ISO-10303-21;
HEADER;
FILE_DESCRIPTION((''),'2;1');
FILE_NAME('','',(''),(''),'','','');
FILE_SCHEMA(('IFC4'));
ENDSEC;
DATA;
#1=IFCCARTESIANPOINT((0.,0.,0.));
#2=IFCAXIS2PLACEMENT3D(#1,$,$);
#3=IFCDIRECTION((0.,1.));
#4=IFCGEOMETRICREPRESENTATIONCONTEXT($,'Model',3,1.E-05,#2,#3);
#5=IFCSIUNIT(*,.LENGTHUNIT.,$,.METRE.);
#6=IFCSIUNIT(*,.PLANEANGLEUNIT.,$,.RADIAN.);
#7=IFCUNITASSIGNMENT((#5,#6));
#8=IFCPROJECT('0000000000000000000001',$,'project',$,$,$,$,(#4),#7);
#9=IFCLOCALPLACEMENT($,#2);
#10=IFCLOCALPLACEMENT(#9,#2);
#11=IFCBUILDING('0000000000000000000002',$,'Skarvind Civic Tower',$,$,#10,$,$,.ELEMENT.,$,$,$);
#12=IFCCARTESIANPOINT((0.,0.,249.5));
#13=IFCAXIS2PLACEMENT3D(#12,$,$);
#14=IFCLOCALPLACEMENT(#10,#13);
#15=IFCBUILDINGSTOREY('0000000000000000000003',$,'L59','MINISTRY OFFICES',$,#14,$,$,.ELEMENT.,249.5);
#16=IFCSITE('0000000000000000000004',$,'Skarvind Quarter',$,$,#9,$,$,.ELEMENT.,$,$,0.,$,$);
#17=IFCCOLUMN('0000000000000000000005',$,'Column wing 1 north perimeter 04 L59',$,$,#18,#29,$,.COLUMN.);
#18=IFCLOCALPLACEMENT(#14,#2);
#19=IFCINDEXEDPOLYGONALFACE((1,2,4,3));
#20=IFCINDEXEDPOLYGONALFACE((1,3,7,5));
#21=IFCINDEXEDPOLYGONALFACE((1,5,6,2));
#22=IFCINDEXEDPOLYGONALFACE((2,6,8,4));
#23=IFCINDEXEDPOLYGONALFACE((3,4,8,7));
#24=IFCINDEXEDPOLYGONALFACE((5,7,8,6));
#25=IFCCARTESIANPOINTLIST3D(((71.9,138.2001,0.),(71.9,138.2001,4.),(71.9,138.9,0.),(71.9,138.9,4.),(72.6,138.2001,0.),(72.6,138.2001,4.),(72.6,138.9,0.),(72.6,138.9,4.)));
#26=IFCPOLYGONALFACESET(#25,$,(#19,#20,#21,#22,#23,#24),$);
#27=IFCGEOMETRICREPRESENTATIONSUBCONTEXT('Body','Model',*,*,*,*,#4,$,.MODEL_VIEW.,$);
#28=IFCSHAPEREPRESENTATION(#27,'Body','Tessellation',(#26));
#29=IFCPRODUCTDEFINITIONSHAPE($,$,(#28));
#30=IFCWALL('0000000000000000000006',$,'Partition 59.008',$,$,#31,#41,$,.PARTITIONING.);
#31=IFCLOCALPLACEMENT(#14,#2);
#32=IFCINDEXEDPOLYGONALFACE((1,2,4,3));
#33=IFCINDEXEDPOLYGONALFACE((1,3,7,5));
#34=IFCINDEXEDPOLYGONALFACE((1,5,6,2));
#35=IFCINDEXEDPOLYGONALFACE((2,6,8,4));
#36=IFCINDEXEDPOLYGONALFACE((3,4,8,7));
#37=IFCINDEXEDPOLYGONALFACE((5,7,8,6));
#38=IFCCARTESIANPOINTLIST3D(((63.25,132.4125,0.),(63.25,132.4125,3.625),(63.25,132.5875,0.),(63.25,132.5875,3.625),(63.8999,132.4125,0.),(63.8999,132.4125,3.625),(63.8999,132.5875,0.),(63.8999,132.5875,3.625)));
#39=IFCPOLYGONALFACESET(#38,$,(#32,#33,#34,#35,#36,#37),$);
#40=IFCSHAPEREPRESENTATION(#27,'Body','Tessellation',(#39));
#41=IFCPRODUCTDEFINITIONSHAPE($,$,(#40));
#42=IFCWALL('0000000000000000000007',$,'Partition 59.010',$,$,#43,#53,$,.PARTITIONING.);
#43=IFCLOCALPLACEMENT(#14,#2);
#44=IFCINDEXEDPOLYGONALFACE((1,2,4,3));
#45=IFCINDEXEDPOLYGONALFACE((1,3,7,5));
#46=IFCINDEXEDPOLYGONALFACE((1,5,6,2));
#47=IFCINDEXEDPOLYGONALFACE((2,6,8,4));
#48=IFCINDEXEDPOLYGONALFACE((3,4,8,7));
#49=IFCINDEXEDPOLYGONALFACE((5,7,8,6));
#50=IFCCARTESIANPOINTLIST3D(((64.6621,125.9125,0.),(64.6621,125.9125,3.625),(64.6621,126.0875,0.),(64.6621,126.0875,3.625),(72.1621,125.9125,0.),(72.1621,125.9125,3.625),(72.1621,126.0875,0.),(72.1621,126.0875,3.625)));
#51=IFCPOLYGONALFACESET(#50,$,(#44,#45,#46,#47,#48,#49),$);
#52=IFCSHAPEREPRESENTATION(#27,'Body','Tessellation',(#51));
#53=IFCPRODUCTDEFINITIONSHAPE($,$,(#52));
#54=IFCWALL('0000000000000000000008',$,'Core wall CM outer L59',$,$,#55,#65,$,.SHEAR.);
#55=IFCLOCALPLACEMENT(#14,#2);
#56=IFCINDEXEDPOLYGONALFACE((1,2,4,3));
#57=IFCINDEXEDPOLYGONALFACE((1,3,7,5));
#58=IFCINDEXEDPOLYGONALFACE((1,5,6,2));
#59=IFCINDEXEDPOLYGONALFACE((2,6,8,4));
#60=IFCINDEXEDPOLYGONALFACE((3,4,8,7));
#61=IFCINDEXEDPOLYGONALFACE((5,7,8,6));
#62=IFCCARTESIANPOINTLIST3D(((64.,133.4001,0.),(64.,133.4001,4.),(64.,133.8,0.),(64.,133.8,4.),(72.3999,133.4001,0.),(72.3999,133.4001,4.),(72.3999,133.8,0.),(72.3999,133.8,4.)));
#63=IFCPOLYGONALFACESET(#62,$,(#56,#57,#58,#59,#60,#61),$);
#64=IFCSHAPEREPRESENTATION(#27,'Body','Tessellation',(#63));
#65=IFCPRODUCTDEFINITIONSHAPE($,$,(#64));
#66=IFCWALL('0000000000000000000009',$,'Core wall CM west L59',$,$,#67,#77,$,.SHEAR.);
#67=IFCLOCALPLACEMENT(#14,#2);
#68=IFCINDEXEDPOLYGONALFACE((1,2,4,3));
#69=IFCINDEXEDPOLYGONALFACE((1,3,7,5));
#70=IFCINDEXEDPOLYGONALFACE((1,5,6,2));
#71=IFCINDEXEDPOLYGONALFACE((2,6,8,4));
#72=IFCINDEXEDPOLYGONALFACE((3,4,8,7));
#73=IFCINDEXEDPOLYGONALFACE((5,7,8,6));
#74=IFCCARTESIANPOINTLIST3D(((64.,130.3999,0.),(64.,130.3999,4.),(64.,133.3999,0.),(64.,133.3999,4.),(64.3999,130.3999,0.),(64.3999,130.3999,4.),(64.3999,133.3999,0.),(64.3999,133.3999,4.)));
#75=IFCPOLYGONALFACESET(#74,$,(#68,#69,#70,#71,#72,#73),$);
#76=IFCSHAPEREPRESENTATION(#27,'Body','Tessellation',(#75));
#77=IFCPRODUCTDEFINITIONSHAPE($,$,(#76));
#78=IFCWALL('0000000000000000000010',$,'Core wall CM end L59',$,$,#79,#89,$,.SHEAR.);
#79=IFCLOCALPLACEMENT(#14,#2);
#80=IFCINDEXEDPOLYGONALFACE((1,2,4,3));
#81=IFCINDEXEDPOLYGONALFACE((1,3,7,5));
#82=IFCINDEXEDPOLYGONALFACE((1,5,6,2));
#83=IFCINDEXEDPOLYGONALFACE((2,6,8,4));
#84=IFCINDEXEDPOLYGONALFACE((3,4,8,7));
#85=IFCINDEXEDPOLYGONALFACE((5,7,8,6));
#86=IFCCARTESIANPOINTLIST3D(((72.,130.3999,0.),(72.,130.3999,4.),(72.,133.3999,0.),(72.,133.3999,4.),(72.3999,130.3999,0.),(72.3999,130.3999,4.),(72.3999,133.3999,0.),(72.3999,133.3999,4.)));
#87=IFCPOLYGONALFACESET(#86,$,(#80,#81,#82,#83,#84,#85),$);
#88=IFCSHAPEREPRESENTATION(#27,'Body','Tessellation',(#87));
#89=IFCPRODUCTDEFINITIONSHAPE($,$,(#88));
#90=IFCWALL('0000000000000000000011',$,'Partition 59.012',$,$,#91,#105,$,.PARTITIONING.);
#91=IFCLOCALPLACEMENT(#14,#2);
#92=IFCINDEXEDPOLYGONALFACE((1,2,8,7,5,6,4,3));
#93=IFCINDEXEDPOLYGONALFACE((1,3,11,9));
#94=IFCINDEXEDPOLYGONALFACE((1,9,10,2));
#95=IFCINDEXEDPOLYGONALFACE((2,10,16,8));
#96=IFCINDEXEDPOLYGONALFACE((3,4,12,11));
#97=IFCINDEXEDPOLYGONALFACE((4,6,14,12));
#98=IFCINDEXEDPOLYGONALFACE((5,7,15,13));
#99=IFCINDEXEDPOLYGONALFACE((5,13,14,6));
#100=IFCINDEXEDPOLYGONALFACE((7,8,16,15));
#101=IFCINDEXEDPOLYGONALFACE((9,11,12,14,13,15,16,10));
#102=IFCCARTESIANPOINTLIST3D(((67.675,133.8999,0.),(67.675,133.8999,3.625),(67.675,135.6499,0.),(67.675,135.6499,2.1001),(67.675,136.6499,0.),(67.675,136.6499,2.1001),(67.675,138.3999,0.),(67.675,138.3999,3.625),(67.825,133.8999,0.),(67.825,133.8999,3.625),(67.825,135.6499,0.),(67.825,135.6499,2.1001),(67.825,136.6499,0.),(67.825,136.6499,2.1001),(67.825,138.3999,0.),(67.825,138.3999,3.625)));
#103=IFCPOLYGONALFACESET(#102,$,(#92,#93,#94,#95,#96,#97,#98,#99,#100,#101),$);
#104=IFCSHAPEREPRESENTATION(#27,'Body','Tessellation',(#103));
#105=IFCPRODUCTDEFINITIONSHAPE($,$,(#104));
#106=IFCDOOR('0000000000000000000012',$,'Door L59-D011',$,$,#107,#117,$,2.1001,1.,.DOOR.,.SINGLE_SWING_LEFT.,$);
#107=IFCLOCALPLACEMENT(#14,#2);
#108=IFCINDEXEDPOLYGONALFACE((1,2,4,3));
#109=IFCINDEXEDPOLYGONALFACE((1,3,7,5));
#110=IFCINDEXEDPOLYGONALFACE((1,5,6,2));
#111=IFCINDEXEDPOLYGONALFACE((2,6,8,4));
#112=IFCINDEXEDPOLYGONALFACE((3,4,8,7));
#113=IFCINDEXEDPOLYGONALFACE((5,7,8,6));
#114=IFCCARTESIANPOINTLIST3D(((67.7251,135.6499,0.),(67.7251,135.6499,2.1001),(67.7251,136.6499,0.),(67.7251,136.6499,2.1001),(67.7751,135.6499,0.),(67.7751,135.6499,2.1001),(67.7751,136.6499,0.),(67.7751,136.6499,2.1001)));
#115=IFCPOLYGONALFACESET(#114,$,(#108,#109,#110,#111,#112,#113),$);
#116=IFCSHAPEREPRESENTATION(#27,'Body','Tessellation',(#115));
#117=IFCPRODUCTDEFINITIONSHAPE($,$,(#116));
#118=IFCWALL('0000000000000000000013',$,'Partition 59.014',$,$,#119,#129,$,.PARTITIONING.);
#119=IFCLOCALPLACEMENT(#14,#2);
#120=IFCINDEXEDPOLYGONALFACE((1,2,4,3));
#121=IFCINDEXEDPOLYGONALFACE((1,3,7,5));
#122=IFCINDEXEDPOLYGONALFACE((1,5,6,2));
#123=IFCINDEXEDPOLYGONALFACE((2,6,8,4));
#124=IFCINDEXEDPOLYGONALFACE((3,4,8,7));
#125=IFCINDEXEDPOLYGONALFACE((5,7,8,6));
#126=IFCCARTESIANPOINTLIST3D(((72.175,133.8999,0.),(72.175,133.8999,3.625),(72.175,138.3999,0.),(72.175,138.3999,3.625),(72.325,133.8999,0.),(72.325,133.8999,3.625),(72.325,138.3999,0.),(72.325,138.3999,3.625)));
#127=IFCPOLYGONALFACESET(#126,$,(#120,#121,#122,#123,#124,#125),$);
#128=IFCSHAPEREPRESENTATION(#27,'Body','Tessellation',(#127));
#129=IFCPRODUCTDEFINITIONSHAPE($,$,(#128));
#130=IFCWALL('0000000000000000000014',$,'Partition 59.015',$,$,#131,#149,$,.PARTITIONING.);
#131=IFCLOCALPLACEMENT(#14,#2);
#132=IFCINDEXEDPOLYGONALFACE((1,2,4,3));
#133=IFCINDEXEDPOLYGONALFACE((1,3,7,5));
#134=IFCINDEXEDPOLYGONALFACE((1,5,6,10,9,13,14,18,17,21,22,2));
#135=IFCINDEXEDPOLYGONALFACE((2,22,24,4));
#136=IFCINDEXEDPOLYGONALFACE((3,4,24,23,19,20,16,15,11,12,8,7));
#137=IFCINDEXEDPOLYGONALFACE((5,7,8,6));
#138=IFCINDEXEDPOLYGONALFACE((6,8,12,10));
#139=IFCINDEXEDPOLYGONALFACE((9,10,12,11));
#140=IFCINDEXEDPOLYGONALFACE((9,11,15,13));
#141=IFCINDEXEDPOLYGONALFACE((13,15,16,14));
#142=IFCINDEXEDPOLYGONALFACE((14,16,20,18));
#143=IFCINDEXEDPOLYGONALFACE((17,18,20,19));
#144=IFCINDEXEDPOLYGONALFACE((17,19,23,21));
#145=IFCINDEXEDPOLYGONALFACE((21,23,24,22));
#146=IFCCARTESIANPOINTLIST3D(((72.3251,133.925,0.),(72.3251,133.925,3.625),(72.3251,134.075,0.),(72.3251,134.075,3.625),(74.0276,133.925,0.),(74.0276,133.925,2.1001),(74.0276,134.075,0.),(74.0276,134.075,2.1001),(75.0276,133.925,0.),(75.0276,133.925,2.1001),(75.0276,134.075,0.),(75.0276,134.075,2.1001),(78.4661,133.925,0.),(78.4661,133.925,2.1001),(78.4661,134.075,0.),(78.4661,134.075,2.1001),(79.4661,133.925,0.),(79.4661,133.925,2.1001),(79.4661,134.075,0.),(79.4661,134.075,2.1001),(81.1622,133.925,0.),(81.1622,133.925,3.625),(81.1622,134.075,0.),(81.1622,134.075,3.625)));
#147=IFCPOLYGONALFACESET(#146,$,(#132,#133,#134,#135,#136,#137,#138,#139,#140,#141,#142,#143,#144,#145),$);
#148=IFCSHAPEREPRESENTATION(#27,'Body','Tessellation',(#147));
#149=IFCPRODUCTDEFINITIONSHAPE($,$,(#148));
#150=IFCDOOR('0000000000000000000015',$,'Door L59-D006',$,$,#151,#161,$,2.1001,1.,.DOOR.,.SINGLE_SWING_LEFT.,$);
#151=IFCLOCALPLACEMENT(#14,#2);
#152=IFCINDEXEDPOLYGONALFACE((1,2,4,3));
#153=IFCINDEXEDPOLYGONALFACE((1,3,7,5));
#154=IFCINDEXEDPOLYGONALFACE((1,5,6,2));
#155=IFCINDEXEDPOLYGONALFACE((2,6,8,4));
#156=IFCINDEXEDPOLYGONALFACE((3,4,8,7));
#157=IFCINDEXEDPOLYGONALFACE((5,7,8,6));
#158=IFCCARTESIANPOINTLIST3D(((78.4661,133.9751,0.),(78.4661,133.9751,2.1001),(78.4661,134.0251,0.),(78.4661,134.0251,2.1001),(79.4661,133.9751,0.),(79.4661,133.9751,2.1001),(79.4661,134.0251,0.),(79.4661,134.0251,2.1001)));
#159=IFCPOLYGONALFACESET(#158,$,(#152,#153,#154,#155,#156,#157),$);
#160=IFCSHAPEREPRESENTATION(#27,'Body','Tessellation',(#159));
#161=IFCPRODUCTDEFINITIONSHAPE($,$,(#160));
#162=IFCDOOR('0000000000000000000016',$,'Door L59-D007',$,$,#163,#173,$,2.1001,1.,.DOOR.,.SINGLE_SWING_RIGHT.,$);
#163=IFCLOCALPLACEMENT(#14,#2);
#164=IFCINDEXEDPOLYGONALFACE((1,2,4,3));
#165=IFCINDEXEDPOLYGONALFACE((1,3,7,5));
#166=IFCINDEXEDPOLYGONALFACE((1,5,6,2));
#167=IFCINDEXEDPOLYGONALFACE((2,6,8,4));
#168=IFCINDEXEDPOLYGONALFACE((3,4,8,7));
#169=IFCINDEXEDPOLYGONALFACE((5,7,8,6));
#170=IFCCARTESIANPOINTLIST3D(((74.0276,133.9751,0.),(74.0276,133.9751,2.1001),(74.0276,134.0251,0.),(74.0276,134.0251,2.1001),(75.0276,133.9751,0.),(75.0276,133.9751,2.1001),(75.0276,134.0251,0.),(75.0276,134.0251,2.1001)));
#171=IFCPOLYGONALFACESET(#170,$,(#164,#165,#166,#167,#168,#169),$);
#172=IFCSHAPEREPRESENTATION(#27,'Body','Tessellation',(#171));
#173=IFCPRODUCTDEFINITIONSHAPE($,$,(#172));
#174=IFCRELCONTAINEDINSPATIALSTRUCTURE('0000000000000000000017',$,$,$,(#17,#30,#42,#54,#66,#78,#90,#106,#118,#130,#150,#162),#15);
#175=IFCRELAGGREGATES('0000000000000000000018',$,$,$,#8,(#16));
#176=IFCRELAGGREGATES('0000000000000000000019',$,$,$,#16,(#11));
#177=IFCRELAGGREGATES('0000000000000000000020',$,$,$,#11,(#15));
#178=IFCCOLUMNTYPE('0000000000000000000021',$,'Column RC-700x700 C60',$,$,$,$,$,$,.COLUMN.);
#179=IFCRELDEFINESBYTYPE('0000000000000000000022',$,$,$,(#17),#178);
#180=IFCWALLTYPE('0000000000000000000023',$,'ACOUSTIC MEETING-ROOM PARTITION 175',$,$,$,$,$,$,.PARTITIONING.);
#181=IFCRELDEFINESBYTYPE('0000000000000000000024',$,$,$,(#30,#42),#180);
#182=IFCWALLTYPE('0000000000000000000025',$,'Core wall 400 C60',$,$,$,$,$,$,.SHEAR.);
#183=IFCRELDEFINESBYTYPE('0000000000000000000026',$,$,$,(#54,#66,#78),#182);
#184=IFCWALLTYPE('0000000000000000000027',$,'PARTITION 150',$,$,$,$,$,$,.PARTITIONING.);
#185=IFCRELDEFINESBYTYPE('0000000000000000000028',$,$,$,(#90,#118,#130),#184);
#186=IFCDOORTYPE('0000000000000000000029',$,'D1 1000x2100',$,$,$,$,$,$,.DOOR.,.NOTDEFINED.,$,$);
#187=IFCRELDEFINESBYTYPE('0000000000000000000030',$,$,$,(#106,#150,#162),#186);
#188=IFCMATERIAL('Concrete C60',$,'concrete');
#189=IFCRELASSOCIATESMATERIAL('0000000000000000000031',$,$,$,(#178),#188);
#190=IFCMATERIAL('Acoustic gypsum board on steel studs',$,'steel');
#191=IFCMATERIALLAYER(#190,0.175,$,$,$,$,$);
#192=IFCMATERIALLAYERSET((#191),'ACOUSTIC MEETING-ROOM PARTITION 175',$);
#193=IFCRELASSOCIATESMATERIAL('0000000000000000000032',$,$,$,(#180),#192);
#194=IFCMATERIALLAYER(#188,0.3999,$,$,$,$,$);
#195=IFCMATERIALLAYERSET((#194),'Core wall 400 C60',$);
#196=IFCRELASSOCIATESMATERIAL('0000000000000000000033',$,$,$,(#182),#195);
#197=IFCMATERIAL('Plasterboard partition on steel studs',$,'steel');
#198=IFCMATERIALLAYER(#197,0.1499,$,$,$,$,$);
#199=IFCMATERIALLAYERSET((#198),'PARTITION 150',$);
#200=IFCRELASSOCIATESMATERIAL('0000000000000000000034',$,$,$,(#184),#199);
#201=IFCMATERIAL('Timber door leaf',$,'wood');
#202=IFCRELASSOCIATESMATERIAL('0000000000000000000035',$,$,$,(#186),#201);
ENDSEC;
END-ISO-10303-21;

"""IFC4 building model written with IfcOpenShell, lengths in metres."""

from ifc_helpers import new_model, si_unit, direction, frame, frame_2d, origin, origin_2d, place, context, subcontext, project, spatial, rectangle, extrude, material, layer, layer_set, material_profile, profile_set, type_object, element, fill, save


model = new_model("IFC4")

# Units and contexts
model_context = context("Model", 3, precision=1e-05, world=origin(), true_north=direction((0.0, 1.0)))
body_context = subcontext(model_context, "Body", "Model", "MODEL_VIEW")
ifc_project = project(units=[si_unit("LENGTHUNIT", "METRE"), si_unit("PLANEANGLEUNIT", "RADIAN")], contexts=[model_context])

# Site, building, storey
site_placement = place(None, origin())
site = spatial("IfcSite", under=ifc_project, at=site_placement, Name="Skarvind Quarter", CompositionType="ELEMENT", RefElevation=0.0)
building_placement = place(site_placement, origin())
building = spatial("IfcBuilding", under=site, at=building_placement, Name="Skarvind Civic Tower", CompositionType="ELEMENT")
storey_placement = place(building_placement, frame((0.0, 0.0, 249.5)))
storey = spatial("IfcBuildingStorey", under=building, at=storey_placement, Name="L59", Description="MINISTRY OFFICES", CompositionType="ELEMENT", Elevation=249.5)

# Column
ifc_material_1 = material(Name="Concrete C60", Category="concrete")
ifc_material_profile_1 = material_profile(ifc_material_1, rectangle(XDim=0.7, YDim=0.7, at=origin_2d()), Name="RC-700x700")
ifc_profile_set_1 = profile_set([ifc_material_profile_1], Name="Concrete C60")
column_type = type_object("IfcColumnType", Name="Column RC-700x700 C60", PredefinedType="COLUMN", material=ifc_profile_set_1)
column_placement = place(storey_placement, frame((72.25, 138.55, 0.0), z_axis=(0.0, 0.0, 1.0), x_axis=(1.0, 0.0, 0.0)))
element("IfcColumn", 1, at=column_placement, inside=storey, type_object=column_type, Name="Column wing 1 north perimeter 04 L59", PredefinedType="COLUMN", context=body_context, shape_type="SweptSolid", body=[
    extrude(rectangle(XDim=0.7, YDim=0.7, at=origin_2d()), origin(), (0.0, 0.0, 1.0), 4.0),
])

# Walls
ifc_material_2 = material(Name="Acoustic gypsum board on steel studs", Category="steel")
ifc_layer_1 = layer(ifc_material_2, 0.175)
ifc_layer_set_1 = layer_set([ifc_layer_1], Name="ACOUSTIC MEETING-ROOM PARTITION 175")
wall_type_1 = type_object("IfcWallType", Name="ACOUSTIC MEETING-ROOM PARTITION 175", PredefinedType="PARTITIONING", material=ifc_layer_set_1)
wall_1_placement = place(storey_placement, frame((63.8999, 132.5, 0.0), z_axis=(0.0, 0.0, 1.0), x_axis=(-1.0, 0.0, 0.0)))
element("IfcWall", 2, at=wall_1_placement, inside=storey, type_object=wall_type_1, Name="Partition 59.008", PredefinedType="PARTITIONING", context=body_context, shape_type="SweptSolid", body=[
    extrude(rectangle(XDim=0.6499, YDim=0.175, at=frame_2d((0.325, 0.0))), origin(), (0.0, 0.0, 1.0), 3.625),
])
wall_2_placement = place(storey_placement, frame((64.6621, 126.0, 0.0), z_axis=(0.0, 0.0, 1.0), x_axis=(1.0, 0.0, 0.0)))
element("IfcWall", 3, at=wall_2_placement, inside=storey, type_object=wall_type_1, Name="Partition 59.010", PredefinedType="PARTITIONING", context=body_context, shape_type="SweptSolid", body=[
    extrude(rectangle(XDim=7.5, YDim=0.175, at=frame_2d((3.75, 0.0))), origin(), (0.0, 0.0, 1.0), 3.625),
])
ifc_layer_2 = layer(ifc_material_1, 0.3999)
ifc_layer_set_2 = layer_set([ifc_layer_2], Name="Core wall 400 C60")
wall_type_2 = type_object("IfcWallType", Name="Core wall 400 C60", PredefinedType="SHEAR", material=ifc_layer_set_2)
wall_3_placement = place(storey_placement, frame((64.0, 133.6001, 0.0), z_axis=(0.0, 0.0, 1.0), x_axis=(1.0, 0.0, 0.0)))
element("IfcWall", 4, at=wall_3_placement, inside=storey, type_object=wall_type_2, Name="Core wall CM outer L59", PredefinedType="SHEAR", context=body_context, shape_type="SweptSolid", body=[
    extrude(rectangle(XDim=8.3999, YDim=0.3999, at=frame_2d((4.2, 0.0))), origin(), (0.0, 0.0, 1.0), 4.0),
])
for number, where, z_axis, x_axis, name in (
    (5, (64.2, 130.3999, 0.0), (0.0, 0.0, 1.0), (0.0, 1.0, 0.0), "Core wall CM west L59"),
    (6, (72.2, 130.3999, 0.0), (0.0, 0.0, 1.0), (0.0, 1.0, 0.0), "Core wall CM end L59"),
):
    element("IfcWall", number, at=place(storey_placement, frame(where, z_axis=z_axis, x_axis=x_axis)), inside=storey, type_object=wall_type_2, Name=name, PredefinedType="SHEAR", context=body_context, shape_type="SweptSolid", body=[
        extrude(rectangle(XDim=3.0, YDim=0.3999, at=frame_2d((1.5, 0.0))), origin(), (0.0, 0.0, 1.0), 4.0),
    ])

# Wall, opening, door
ifc_material_3 = material(Name="Plasterboard partition on steel studs", Category="steel")
ifc_layer_3 = layer(ifc_material_3, 0.1499)
ifc_layer_set_3 = layer_set([ifc_layer_3], Name="PARTITION 150")
wall_type_3 = type_object("IfcWallType", Name="PARTITION 150", PredefinedType="PARTITIONING", material=ifc_layer_set_3)
wall_4_placement = place(storey_placement, frame((67.75, 133.8999, 0.0), z_axis=(0.0, 0.0, 1.0), x_axis=(0.0, 1.0, 0.0)))
wall_4 = element("IfcWall", 7, at=wall_4_placement, inside=storey, type_object=wall_type_3, Name="Partition 59.012", PredefinedType="PARTITIONING", context=body_context, shape_type="SweptSolid", body=[
    extrude(rectangle(XDim=4.5, YDim=0.1499, at=frame_2d((2.25, 0.0))), origin(), (0.0, 0.0, 1.0), 3.625),
])
opening_1_placement = place(wall_4_placement, frame((1.75, 0.0, 0.0)))
opening_1 = element("IfcOpeningElement", 8, at=opening_1_placement, cuts=wall_4, PredefinedType="OPENING", context=body_context, shape_type="SweptSolid", body=[
    extrude(rectangle(XDim=1.0, YDim=2.1001, at=frame_2d((0.5, 1.05))), frame((0.0, 0.085, 0.0), z_axis=(0.0, -1.0, 0.0), x_axis=(1.0, 0.0, 0.0)), (0.0, 0.0, 1.0), 0.1699),
])
ifc_material_4 = material(Name="Timber door leaf", Category="wood")
door_type = type_object("IfcDoorType", Name="D1 1000x2100", OperationType="NOTDEFINED", PredefinedType="DOOR", material=ifc_material_4)
door_1_placement = place(opening_1_placement, origin())
door_1 = element("IfcDoor", 9, at=door_1_placement, inside=storey, type_object=door_type, Name="Door L59-D011", OperationType="SINGLE_SWING_LEFT", OverallHeight=2.1001, OverallWidth=1.0, PredefinedType="DOOR", context=body_context, shape_type="SweptSolid", body=[
    extrude(rectangle(XDim=1.0, YDim=2.1001, at=frame_2d((0.5, 1.05))), frame((0.0, 0.0249, 0.0), z_axis=(0.0, -1.0, 0.0), x_axis=(1.0, 0.0, 0.0)), (0.0, 0.0, 1.0), 0.05),
])
fill(opening_1, door_1)

# Wall
wall_5_placement = place(storey_placement, frame((72.25, 133.8999, 0.0), z_axis=(0.0, 0.0, 1.0), x_axis=(0.0, 1.0, 0.0)))
element("IfcWall", 10, at=wall_5_placement, inside=storey, type_object=wall_type_3, Name="Partition 59.014", PredefinedType="PARTITIONING", context=body_context, shape_type="SweptSolid", body=[
    extrude(rectangle(XDim=4.5, YDim=0.1499, at=frame_2d((2.25, 0.0))), origin(), (0.0, 0.0, 1.0), 3.625),
])

# Wall, openings, doors
wall_6_placement = place(storey_placement, frame((81.1621, 134.0, 0.0), z_axis=(0.0, 0.0, 1.0), x_axis=(-1.0, 0.0, 0.0)))
wall_6 = element("IfcWall", 11, at=wall_6_placement, inside=storey, type_object=wall_type_3, Name="Partition 59.015", PredefinedType="PARTITIONING", context=body_context, shape_type="SweptSolid", body=[
    extrude(rectangle(XDim=8.8372, YDim=0.1499, at=frame_2d((4.4185, 0.0))), origin(), (0.0, 0.0, 1.0), 3.625),
])
opening_2_placement = place(wall_6_placement, frame((1.696, 0.0, 0.0)))
opening_2 = element("IfcOpeningElement", 12, at=opening_2_placement, cuts=wall_6, PredefinedType="OPENING", context=body_context, shape_type="SweptSolid", body=[
    extrude(rectangle(XDim=1.0, YDim=2.1001, at=frame_2d((0.5, 1.05))), frame((0.0, 0.085, 0.0), z_axis=(0.0, -1.0, 0.0), x_axis=(1.0, 0.0, 0.0)), (0.0, 0.0, 1.0), 0.1699),
])
opening_3_placement = place(wall_6_placement, frame((6.1345, 0.0, 0.0)))
opening_3 = element("IfcOpeningElement", 13, at=opening_3_placement, cuts=wall_6, PredefinedType="OPENING", context=body_context, shape_type="SweptSolid", body=[
    extrude(rectangle(XDim=1.0, YDim=2.1001, at=frame_2d((0.5, 1.05))), frame((0.0, 0.085, 0.0), z_axis=(0.0, -1.0, 0.0), x_axis=(1.0, 0.0, 0.0)), (0.0, 0.0, 1.0), 0.1699),
])
door_2_placement = place(opening_2_placement, origin())
door_2 = element("IfcDoor", 14, at=door_2_placement, inside=storey, type_object=door_type, Name="Door L59-D006", OperationType="SINGLE_SWING_LEFT", OverallHeight=2.1001, OverallWidth=1.0, PredefinedType="DOOR", context=body_context, shape_type="SweptSolid", body=[
    extrude(rectangle(XDim=1.0, YDim=2.1001, at=frame_2d((0.5, 1.05))), frame((0.0, 0.0249, 0.0), z_axis=(0.0, -1.0, 0.0), x_axis=(1.0, 0.0, 0.0)), (0.0, 0.0, 1.0), 0.05),
])
fill(opening_2, door_2)
door_3_placement = place(opening_3_placement, origin())
door_3 = element("IfcDoor", 15, at=door_3_placement, inside=storey, type_object=door_type, Name="Door L59-D007", OperationType="SINGLE_SWING_RIGHT", OverallHeight=2.1001, OverallWidth=1.0, PredefinedType="DOOR", context=body_context, shape_type="SweptSolid", body=[
    extrude(rectangle(XDim=1.0, YDim=2.1001, at=frame_2d((0.5, 1.05))), frame((0.0, 0.0249, 0.0), z_axis=(0.0, -1.0, 0.0), x_axis=(1.0, 0.0, 0.0)), (0.0, 0.0, 1.0), 0.05),
])
fill(opening_3, door_3)

save(model, "model.ifc")
